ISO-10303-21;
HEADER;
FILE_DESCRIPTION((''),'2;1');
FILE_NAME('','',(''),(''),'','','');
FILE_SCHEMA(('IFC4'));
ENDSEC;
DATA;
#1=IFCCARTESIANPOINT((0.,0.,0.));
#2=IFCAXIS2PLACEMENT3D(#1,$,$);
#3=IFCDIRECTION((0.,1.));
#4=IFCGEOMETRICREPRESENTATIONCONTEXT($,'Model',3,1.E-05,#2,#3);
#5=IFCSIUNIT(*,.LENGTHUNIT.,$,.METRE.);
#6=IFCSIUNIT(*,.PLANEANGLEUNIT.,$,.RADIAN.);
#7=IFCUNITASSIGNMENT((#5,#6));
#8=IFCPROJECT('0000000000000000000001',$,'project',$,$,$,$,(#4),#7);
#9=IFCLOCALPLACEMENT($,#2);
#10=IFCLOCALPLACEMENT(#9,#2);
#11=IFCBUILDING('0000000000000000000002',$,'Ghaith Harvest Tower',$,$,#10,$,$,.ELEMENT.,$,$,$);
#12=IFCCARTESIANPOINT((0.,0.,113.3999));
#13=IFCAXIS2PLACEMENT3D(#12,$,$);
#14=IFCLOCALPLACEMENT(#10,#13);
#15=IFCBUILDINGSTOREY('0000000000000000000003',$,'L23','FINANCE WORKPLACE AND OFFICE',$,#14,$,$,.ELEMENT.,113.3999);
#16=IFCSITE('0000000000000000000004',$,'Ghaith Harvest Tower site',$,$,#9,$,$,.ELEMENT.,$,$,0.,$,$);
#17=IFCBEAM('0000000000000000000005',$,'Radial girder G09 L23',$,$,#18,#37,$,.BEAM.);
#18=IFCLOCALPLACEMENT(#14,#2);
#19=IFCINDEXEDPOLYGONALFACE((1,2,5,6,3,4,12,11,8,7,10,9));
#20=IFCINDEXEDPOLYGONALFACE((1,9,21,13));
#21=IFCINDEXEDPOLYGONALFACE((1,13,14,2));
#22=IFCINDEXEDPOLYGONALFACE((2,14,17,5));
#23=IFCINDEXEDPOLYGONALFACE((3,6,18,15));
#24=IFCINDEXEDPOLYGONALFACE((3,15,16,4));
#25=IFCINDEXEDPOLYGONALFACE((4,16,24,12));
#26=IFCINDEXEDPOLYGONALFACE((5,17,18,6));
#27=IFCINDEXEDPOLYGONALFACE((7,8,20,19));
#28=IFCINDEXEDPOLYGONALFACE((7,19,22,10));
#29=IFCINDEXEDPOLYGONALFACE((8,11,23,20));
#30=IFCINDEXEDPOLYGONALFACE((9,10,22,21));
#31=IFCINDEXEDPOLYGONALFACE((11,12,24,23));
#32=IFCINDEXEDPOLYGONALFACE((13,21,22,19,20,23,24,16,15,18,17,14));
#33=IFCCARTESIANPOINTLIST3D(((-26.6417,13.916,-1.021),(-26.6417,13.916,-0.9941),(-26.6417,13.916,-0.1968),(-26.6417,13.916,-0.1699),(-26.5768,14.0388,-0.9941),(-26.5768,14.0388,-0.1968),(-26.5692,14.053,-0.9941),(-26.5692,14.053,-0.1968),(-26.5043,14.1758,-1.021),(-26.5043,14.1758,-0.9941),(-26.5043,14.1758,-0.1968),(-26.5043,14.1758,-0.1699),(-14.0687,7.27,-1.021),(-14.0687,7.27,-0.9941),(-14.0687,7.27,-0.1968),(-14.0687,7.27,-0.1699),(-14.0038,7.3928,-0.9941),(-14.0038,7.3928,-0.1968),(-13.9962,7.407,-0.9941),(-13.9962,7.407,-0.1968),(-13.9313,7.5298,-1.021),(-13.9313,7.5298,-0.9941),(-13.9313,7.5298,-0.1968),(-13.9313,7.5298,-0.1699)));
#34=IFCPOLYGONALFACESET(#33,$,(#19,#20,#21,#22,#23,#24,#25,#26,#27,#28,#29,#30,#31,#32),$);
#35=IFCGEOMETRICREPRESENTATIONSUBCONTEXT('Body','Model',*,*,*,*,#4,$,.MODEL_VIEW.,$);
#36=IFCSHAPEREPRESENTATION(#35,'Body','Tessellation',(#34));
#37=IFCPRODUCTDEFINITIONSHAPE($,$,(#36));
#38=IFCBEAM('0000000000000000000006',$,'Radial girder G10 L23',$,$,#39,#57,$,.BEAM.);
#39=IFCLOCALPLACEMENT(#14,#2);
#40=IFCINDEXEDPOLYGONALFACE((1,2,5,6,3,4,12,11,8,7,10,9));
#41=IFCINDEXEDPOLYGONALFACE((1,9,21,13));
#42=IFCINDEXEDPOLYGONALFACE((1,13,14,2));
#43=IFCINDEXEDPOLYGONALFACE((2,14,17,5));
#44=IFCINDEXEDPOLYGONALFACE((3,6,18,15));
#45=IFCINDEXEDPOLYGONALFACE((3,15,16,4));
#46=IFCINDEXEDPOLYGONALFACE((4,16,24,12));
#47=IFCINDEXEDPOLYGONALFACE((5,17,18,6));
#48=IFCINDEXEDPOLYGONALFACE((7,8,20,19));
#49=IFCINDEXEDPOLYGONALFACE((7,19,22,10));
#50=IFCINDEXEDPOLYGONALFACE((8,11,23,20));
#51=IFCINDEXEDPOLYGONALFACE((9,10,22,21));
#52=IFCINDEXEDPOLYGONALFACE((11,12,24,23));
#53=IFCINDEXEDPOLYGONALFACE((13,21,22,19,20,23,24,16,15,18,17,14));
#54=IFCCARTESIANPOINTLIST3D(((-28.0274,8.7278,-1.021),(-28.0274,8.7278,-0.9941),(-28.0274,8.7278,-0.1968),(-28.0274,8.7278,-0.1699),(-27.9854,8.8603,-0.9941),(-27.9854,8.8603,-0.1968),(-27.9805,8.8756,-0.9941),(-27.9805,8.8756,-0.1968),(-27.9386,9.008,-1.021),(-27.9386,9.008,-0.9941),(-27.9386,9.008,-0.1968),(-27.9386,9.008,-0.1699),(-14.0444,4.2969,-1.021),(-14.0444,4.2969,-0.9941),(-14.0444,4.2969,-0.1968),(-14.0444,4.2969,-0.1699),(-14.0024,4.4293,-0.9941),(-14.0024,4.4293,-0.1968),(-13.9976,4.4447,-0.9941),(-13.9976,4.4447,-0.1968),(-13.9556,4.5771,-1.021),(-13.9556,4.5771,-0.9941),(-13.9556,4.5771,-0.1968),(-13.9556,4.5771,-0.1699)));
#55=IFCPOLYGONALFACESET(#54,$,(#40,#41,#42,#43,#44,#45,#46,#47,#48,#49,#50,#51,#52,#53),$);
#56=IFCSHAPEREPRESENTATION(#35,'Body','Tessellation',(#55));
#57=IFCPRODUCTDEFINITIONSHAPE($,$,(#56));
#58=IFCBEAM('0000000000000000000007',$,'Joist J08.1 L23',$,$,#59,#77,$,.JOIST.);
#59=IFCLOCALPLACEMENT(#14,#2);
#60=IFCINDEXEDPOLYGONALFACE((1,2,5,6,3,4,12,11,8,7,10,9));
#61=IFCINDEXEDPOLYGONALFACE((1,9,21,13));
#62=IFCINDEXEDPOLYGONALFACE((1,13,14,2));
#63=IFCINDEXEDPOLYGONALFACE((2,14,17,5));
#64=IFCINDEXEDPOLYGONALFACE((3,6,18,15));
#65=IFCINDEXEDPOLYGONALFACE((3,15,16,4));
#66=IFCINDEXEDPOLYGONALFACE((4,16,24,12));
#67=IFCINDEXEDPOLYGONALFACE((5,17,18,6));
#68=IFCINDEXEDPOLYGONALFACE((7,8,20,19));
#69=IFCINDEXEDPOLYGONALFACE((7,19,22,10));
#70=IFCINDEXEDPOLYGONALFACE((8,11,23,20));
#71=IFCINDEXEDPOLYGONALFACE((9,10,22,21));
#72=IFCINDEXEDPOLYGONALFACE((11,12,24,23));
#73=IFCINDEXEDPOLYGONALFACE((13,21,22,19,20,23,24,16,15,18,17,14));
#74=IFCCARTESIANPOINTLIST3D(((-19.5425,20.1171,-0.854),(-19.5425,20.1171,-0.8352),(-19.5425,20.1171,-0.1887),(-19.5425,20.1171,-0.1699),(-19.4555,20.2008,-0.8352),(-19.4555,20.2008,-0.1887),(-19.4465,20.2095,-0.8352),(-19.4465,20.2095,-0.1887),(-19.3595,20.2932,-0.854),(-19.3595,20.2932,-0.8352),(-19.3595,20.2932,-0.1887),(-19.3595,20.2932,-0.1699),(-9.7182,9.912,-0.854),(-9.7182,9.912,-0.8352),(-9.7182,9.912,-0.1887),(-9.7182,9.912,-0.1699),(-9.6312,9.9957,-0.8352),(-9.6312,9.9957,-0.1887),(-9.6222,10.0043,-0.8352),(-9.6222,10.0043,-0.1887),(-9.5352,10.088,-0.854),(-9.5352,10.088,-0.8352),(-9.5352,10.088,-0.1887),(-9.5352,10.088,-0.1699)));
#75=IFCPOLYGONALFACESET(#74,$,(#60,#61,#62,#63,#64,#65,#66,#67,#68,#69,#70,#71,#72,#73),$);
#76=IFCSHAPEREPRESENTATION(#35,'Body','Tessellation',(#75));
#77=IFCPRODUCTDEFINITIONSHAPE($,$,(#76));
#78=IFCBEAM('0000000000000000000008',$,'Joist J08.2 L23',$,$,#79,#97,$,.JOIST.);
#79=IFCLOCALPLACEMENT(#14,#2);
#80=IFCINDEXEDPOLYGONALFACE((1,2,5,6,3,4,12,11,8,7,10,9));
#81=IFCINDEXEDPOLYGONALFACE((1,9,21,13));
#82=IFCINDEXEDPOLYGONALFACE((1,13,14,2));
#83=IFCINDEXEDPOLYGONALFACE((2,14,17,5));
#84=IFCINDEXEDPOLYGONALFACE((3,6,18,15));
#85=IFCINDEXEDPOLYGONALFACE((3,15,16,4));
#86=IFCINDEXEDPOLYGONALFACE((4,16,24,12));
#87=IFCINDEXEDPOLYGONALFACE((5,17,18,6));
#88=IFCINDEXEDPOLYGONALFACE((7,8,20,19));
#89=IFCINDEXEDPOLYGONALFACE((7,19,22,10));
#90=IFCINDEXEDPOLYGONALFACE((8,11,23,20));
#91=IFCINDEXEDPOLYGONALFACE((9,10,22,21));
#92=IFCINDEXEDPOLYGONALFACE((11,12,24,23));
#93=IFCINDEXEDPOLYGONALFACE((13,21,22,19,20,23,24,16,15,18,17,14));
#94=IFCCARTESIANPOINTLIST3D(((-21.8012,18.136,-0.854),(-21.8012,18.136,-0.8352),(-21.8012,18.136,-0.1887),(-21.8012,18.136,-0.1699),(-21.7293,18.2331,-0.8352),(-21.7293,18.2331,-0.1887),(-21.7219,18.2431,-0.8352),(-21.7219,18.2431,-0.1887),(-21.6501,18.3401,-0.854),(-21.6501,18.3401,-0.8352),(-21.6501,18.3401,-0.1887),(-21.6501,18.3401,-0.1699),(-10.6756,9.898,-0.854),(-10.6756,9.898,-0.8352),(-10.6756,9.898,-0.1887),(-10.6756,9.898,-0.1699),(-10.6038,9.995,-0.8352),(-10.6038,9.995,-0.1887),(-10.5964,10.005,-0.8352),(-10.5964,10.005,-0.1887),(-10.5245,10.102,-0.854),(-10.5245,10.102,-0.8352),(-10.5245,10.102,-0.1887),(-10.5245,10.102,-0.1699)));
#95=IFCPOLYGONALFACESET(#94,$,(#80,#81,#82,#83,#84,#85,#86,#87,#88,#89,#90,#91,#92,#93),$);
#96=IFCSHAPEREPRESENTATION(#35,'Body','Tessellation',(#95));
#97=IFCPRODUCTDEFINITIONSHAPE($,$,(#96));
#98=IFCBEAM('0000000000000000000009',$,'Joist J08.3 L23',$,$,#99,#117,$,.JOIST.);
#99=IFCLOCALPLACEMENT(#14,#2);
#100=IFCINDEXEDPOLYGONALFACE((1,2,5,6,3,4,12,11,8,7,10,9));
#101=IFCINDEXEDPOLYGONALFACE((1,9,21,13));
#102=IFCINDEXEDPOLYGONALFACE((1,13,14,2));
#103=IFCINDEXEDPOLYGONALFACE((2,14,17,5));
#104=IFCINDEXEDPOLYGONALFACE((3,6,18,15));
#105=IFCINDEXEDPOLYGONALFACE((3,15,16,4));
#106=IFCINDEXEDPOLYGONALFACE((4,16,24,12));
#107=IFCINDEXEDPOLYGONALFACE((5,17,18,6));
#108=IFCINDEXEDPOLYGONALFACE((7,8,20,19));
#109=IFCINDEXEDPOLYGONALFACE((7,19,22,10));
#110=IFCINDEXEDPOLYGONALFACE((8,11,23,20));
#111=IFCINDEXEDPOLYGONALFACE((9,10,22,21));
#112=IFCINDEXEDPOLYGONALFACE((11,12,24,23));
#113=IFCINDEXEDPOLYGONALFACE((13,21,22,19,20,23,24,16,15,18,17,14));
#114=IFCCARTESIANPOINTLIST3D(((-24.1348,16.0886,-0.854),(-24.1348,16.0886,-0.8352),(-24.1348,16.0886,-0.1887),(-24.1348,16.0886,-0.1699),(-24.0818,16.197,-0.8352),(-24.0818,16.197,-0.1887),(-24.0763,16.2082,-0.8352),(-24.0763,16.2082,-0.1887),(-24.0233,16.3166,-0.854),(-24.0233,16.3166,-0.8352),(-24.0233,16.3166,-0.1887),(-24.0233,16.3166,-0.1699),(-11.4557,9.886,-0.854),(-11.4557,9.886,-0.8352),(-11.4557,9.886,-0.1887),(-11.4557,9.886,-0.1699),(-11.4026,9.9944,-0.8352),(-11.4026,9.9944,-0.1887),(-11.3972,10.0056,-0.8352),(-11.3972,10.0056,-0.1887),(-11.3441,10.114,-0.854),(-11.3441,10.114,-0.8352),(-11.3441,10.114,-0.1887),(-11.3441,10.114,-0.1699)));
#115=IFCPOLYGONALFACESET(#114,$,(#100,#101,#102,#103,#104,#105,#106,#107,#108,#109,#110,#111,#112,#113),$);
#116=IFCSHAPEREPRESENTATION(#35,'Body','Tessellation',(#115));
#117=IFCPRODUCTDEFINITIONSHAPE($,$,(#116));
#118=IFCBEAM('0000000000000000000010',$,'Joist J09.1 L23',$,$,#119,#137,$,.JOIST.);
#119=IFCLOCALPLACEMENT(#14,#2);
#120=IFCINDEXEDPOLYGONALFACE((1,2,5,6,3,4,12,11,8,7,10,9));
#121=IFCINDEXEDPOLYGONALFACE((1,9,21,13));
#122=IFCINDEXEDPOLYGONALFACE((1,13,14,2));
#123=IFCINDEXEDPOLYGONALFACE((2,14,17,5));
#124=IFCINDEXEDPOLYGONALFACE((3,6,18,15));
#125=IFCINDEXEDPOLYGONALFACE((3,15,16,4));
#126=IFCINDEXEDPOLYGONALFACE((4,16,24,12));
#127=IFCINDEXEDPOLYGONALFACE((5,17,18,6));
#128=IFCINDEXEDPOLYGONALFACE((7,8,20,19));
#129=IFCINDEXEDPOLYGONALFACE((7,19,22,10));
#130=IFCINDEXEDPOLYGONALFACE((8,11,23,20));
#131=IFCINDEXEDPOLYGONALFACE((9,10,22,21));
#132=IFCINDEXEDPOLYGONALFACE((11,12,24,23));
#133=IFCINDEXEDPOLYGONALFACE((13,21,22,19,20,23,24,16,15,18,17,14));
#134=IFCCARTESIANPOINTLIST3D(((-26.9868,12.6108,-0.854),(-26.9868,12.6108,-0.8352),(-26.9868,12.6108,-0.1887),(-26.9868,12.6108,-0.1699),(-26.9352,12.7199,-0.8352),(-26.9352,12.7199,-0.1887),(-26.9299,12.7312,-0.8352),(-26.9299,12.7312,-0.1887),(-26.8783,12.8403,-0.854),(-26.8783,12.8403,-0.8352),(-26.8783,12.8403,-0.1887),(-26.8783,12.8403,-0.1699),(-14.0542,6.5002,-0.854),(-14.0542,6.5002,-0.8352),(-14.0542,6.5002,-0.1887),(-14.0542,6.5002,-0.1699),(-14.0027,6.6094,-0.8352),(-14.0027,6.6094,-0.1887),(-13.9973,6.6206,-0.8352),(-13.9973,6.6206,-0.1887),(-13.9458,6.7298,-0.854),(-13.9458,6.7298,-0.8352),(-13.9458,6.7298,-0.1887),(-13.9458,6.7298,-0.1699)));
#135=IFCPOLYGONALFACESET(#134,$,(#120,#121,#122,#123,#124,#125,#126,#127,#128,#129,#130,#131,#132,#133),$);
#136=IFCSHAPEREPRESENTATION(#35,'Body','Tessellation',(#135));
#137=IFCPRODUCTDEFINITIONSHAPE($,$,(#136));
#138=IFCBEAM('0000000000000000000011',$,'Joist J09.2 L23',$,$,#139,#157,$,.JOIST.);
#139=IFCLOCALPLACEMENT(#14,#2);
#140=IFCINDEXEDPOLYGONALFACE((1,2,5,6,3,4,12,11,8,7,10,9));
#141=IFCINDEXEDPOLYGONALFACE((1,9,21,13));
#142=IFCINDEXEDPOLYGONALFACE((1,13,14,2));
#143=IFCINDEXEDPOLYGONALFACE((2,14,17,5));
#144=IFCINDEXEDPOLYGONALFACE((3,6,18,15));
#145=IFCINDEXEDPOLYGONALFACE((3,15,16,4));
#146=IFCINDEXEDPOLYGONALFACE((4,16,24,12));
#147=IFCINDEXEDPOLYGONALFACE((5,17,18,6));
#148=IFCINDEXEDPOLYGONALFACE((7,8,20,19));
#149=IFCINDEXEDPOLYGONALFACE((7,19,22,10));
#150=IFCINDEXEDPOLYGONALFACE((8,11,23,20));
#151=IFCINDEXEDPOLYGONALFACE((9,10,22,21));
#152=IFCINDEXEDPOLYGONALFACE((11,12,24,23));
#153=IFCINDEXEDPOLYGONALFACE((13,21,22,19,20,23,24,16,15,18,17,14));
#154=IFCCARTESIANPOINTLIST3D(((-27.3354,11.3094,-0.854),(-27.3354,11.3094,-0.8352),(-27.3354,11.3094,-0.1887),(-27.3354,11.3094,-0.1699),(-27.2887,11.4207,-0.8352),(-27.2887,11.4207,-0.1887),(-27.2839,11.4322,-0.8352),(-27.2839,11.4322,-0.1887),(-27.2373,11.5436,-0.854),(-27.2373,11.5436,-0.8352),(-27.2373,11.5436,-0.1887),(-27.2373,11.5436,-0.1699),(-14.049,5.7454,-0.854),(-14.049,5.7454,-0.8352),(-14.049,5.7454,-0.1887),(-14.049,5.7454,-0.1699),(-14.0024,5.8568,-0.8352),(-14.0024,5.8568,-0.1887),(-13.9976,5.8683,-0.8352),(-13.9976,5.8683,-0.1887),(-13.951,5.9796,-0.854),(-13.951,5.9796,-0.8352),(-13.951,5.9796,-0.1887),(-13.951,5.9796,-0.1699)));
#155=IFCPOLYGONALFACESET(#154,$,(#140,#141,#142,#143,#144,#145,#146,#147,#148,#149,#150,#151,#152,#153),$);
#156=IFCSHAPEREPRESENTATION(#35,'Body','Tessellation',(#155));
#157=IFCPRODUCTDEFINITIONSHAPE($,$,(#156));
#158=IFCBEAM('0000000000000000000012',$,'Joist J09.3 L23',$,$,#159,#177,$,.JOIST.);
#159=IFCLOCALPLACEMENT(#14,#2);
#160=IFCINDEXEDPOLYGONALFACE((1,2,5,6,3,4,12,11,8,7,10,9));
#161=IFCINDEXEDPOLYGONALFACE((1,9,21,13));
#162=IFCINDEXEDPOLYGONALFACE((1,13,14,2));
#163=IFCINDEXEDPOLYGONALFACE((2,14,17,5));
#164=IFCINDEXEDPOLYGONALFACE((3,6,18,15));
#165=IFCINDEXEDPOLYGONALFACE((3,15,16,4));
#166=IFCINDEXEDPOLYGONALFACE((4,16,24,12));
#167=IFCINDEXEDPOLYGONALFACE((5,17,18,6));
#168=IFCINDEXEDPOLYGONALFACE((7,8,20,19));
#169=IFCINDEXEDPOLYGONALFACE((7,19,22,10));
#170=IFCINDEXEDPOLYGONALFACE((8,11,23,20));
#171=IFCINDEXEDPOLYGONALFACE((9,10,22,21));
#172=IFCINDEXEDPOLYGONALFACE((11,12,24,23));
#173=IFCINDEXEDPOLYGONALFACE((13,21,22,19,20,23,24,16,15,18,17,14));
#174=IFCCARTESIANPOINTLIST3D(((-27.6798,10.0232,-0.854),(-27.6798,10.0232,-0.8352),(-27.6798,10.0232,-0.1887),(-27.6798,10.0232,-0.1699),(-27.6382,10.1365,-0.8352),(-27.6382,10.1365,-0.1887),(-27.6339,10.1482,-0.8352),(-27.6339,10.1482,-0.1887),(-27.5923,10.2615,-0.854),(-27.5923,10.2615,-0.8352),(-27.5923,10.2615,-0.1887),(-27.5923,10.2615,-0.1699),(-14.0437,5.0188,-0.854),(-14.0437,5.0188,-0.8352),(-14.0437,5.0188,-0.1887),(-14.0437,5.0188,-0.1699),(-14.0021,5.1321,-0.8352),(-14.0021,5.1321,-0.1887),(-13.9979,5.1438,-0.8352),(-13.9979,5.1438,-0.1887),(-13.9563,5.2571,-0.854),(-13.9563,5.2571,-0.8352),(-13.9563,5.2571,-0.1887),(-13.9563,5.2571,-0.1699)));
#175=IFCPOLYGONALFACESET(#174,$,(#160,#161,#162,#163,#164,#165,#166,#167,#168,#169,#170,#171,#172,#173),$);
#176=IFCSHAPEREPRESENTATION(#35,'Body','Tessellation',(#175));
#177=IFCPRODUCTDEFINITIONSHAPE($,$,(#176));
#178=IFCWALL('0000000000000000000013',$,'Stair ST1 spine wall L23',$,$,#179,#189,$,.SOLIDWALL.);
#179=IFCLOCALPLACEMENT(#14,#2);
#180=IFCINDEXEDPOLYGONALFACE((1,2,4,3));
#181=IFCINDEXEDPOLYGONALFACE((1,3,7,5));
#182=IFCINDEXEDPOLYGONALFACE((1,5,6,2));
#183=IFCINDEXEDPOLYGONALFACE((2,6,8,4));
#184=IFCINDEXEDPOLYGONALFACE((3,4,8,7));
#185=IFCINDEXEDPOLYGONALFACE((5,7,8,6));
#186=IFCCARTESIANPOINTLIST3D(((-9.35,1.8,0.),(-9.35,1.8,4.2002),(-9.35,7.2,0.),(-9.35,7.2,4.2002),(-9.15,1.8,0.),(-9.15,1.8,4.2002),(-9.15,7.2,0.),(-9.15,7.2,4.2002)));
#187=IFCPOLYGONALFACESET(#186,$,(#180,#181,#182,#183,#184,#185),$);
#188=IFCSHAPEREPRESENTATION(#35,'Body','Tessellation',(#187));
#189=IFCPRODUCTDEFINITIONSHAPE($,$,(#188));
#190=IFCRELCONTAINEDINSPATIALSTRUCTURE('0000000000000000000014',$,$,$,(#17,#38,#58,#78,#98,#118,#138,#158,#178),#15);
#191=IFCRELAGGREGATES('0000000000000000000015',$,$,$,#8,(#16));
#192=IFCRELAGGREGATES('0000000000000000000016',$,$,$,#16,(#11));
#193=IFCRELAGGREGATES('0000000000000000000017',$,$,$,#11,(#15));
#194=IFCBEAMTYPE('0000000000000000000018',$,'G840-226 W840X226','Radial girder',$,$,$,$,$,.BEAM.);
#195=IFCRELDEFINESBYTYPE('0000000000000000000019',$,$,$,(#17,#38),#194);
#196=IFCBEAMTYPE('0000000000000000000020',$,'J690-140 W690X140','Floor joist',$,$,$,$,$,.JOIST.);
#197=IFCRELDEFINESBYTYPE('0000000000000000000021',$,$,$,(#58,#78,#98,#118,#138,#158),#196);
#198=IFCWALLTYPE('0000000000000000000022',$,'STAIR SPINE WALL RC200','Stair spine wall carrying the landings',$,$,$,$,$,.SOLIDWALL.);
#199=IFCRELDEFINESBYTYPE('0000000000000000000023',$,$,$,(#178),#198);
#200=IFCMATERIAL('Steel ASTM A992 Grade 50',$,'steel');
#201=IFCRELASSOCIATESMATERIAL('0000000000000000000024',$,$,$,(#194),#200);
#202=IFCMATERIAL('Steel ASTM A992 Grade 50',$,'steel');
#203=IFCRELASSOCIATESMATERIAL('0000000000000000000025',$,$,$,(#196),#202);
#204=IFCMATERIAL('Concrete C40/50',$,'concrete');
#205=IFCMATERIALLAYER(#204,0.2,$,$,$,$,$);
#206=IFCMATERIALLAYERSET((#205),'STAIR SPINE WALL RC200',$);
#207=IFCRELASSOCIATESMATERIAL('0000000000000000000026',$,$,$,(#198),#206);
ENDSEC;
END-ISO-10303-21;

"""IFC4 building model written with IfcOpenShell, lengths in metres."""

from ifc_helpers import new_model, si_unit, direction, frame, frame_2d, origin, origin_2d, place, context, subcontext, project, spatial, rectangle, i_section, extrude, material, layer, layer_set, material_profile, profile_set, type_object, element, save


model = new_model("IFC4")

# Units and contexts
model_context = context("Model", 3, precision=1e-05, world=origin(), true_north=direction((0.0, 1.0)))
body_context = subcontext(model_context, "Body", "Model", "MODEL_VIEW")
ifc_project = project(units=[si_unit("LENGTHUNIT", "METRE"), si_unit("PLANEANGLEUNIT", "RADIAN")], contexts=[model_context])

# Site, building, storey
site_placement = place(None, origin())
site = spatial("IfcSite", under=ifc_project, at=site_placement, Name="Ghaith Harvest Tower site", CompositionType="ELEMENT", RefElevation=0.0)
building_placement = place(site_placement, origin())
building = spatial("IfcBuilding", under=site, at=building_placement, Name="Ghaith Harvest Tower", CompositionType="ELEMENT")
storey_placement = place(building_placement, frame((0.0, 0.0, 113.3999)))
storey = spatial("IfcBuildingStorey", under=building, at=storey_placement, Name="L23", Description="FINANCE WORKPLACE AND OFFICE", CompositionType="ELEMENT", Elevation=113.3999)

# Beams
ifc_material_1 = material(Name="Steel ASTM A992 Grade 50", Category="steel")
ifc_material_profile_1 = material_profile(ifc_material_1, i_section(OverallWidth=0.2939, OverallDepth=0.8511, WebThickness=0.0161, FlangeThickness=0.0269, at=origin_2d()), Name="W840X226")
ifc_profile_set_1 = profile_set([ifc_material_profile_1], Name="Steel ASTM A992 Grade 50")
beam_type_1 = type_object("IfcBeamType", Name="G840-226 W840X226", Description="Radial girder", PredefinedType="BEAM", material=ifc_profile_set_1)
beam_1_placement = place(storey_placement, frame((-14.0, 7.3999, -0.5955), z_axis=(-0.884087, 0.467322, 0.0), x_axis=(-0.467322, -0.884087, 0.0)))
element("IfcBeam", 1, at=beam_1_placement, inside=storey, type_object=beam_type_1, Name="Radial girder G09 L23", PredefinedType="BEAM", context=body_context, shape_type="SweptSolid", body=[
    extrude(i_section(OverallWidth=0.2939, OverallDepth=0.8511, WebThickness=0.0161, FlangeThickness=0.0269, at=origin_2d()), origin(), (0.0, 0.0, 1.0), 14.2214),
])
beam_2_placement = place(storey_placement, frame((-14.0, 4.437, -0.5955), z_axis=(-0.953284, 0.302077, 0.0), x_axis=(-0.302077, -0.953284, 0.0)))
element("IfcBeam", 2, at=beam_2_placement, inside=storey, type_object=beam_type_1, Name="Radial girder G10 L23", PredefinedType="BEAM", context=body_context, shape_type="SweptSolid", body=[
    extrude(i_section(OverallWidth=0.2939, OverallDepth=0.8511, WebThickness=0.0161, FlangeThickness=0.0269, at=origin_2d()), origin(), (0.0, 0.0, 1.0), 14.6682),
])
ifc_material_2 = material(Name="Steel ASTM A992 Grade 50", Category="steel")
ifc_material_profile_2 = material_profile(ifc_material_2, i_section(OverallWidth=0.2539, OverallDepth=0.6841, WebThickness=0.0125, FlangeThickness=0.0188, at=origin_2d()), Name="W690X140")
ifc_profile_set_2 = profile_set([ifc_material_profile_2], Name="Steel ASTM A992 Grade 50")
beam_type_2 = type_object("IfcBeamType", Name="J690-140 W690X140", Description="Floor joist", PredefinedType="JOIST", material=ifc_profile_set_2)
beam_3_placement = place(storey_placement, frame((-9.6267, 10.0, -0.512), z_axis=(-0.693536, 0.720422, 0.0), x_axis=(-0.720422, -0.693536, 0.0)))
element("IfcBeam", 3, at=beam_3_placement, inside=storey, type_object=beam_type_2, Name="Joist J08.1 L23", PredefinedType="JOIST", context=body_context, shape_type="SweptSolid", body=[
    extrude(i_section(OverallWidth=0.2539, OverallDepth=0.6841, WebThickness=0.0125, FlangeThickness=0.0188, at=origin_2d()), origin(), (0.0, 0.0, 1.0), 14.1655),
])
beam_4_placement = place(storey_placement, frame((-10.6001, 10.0, -0.512), z_axis=(-0.803663, 0.595085, 0.0), x_axis=(-0.595085, -0.803663, 0.0)))
element("IfcBeam", 4, at=beam_4_placement, inside=storey, type_object=beam_type_2, Name="Joist J08.2 L23", PredefinedType="JOIST", context=body_context, shape_type="SweptSolid", body=[
    extrude(i_section(OverallWidth=0.2539, OverallDepth=0.6841, WebThickness=0.0125, FlangeThickness=0.0188, at=origin_2d()), origin(), (0.0, 0.0, 1.0), 13.8435),
])
beam_5_placement = place(storey_placement, frame((-11.3999, 10.0, -0.512), z_axis=(-0.898275, 0.439434, 0.0), x_axis=(-0.439434, -0.898275, 0.0)))
element("IfcBeam", 5, at=beam_5_placement, inside=storey, type_object=beam_type_2, Name="Joist J08.3 L23", PredefinedType="JOIST", context=body_context, shape_type="SweptSolid", body=[
    extrude(i_section(OverallWidth=0.2539, OverallDepth=0.6841, WebThickness=0.0125, FlangeThickness=0.0188, at=origin_2d()), origin(), (0.0, 0.0, 1.0), 14.115),
])
beam_6_placement = place(storey_placement, frame((-14.0, 6.615, -0.512), z_axis=(-0.904153, 0.427208, 0.0), x_axis=(-0.427208, -0.904153, 0.0)))
element("IfcBeam", 6, at=beam_6_placement, inside=storey, type_object=beam_type_2, Name="Joist J09.1 L23", PredefinedType="JOIST", context=body_context, shape_type="SweptSolid", body=[
    extrude(i_section(OverallWidth=0.2539, OverallDepth=0.6841, WebThickness=0.0125, FlangeThickness=0.0188, at=origin_2d()), origin(), (0.0, 0.0, 1.0), 14.3035),
])
beam_7_placement = place(storey_placement, frame((-14.0, 5.8625, -0.512), z_axis=(-0.922386, 0.38627, 0.0), x_axis=(-0.38627, -0.922386, 0.0)))
element("IfcBeam", 7, at=beam_7_placement, inside=storey, type_object=beam_type_2, Name="Joist J09.2 L23", PredefinedType="JOIST", context=body_context, shape_type="SweptSolid", body=[
    extrude(i_section(OverallWidth=0.2539, OverallDepth=0.6841, WebThickness=0.0125, FlangeThickness=0.0188, at=origin_2d()), origin(), (0.0, 0.0, 1.0), 14.4043),
])
beam_8_placement = place(storey_placement, frame((-14.0, 5.1379, -0.512), z_axis=(-0.938775, 0.34453, 0.0), x_axis=(-0.34453, -0.938775, 0.0)))
element("IfcBeam", 8, at=beam_8_placement, inside=storey, type_object=beam_type_2, Name="Joist J09.3 L23", PredefinedType="JOIST", context=body_context, shape_type="SweptSolid", body=[
    extrude(i_section(OverallWidth=0.2539, OverallDepth=0.6841, WebThickness=0.0125, FlangeThickness=0.0188, at=origin_2d()), origin(), (0.0, 0.0, 1.0), 14.5254),
])

# Wall
ifc_material_3 = material(Name="Concrete C40/50", Category="concrete")
ifc_layer_1 = layer(ifc_material_3, 0.2)
ifc_layer_set_1 = layer_set([ifc_layer_1], Name="STAIR SPINE WALL RC200")
wall_type_1 = type_object("IfcWallType", Name="STAIR SPINE WALL RC200", Description="Stair spine wall carrying the landings", PredefinedType="SOLIDWALL", material=ifc_layer_set_1)
wall_1_placement = place(storey_placement, frame((-9.25, 7.2, 0.0), z_axis=(0.0, 0.0, 1.0), x_axis=(0.0, -1.0, 0.0)))
element("IfcWall", 9, at=wall_1_placement, inside=storey, type_object=wall_type_1, Name="Stair ST1 spine wall L23", PredefinedType="SOLIDWALL", context=body_context, shape_type="SweptSolid", body=[
    extrude(rectangle(XDim=5.3999, YDim=0.2, at=frame_2d((2.7, 0.0))), origin(), (0.0, 0.0, 1.0), 4.2002),
])

save(model, "model.ifc")
